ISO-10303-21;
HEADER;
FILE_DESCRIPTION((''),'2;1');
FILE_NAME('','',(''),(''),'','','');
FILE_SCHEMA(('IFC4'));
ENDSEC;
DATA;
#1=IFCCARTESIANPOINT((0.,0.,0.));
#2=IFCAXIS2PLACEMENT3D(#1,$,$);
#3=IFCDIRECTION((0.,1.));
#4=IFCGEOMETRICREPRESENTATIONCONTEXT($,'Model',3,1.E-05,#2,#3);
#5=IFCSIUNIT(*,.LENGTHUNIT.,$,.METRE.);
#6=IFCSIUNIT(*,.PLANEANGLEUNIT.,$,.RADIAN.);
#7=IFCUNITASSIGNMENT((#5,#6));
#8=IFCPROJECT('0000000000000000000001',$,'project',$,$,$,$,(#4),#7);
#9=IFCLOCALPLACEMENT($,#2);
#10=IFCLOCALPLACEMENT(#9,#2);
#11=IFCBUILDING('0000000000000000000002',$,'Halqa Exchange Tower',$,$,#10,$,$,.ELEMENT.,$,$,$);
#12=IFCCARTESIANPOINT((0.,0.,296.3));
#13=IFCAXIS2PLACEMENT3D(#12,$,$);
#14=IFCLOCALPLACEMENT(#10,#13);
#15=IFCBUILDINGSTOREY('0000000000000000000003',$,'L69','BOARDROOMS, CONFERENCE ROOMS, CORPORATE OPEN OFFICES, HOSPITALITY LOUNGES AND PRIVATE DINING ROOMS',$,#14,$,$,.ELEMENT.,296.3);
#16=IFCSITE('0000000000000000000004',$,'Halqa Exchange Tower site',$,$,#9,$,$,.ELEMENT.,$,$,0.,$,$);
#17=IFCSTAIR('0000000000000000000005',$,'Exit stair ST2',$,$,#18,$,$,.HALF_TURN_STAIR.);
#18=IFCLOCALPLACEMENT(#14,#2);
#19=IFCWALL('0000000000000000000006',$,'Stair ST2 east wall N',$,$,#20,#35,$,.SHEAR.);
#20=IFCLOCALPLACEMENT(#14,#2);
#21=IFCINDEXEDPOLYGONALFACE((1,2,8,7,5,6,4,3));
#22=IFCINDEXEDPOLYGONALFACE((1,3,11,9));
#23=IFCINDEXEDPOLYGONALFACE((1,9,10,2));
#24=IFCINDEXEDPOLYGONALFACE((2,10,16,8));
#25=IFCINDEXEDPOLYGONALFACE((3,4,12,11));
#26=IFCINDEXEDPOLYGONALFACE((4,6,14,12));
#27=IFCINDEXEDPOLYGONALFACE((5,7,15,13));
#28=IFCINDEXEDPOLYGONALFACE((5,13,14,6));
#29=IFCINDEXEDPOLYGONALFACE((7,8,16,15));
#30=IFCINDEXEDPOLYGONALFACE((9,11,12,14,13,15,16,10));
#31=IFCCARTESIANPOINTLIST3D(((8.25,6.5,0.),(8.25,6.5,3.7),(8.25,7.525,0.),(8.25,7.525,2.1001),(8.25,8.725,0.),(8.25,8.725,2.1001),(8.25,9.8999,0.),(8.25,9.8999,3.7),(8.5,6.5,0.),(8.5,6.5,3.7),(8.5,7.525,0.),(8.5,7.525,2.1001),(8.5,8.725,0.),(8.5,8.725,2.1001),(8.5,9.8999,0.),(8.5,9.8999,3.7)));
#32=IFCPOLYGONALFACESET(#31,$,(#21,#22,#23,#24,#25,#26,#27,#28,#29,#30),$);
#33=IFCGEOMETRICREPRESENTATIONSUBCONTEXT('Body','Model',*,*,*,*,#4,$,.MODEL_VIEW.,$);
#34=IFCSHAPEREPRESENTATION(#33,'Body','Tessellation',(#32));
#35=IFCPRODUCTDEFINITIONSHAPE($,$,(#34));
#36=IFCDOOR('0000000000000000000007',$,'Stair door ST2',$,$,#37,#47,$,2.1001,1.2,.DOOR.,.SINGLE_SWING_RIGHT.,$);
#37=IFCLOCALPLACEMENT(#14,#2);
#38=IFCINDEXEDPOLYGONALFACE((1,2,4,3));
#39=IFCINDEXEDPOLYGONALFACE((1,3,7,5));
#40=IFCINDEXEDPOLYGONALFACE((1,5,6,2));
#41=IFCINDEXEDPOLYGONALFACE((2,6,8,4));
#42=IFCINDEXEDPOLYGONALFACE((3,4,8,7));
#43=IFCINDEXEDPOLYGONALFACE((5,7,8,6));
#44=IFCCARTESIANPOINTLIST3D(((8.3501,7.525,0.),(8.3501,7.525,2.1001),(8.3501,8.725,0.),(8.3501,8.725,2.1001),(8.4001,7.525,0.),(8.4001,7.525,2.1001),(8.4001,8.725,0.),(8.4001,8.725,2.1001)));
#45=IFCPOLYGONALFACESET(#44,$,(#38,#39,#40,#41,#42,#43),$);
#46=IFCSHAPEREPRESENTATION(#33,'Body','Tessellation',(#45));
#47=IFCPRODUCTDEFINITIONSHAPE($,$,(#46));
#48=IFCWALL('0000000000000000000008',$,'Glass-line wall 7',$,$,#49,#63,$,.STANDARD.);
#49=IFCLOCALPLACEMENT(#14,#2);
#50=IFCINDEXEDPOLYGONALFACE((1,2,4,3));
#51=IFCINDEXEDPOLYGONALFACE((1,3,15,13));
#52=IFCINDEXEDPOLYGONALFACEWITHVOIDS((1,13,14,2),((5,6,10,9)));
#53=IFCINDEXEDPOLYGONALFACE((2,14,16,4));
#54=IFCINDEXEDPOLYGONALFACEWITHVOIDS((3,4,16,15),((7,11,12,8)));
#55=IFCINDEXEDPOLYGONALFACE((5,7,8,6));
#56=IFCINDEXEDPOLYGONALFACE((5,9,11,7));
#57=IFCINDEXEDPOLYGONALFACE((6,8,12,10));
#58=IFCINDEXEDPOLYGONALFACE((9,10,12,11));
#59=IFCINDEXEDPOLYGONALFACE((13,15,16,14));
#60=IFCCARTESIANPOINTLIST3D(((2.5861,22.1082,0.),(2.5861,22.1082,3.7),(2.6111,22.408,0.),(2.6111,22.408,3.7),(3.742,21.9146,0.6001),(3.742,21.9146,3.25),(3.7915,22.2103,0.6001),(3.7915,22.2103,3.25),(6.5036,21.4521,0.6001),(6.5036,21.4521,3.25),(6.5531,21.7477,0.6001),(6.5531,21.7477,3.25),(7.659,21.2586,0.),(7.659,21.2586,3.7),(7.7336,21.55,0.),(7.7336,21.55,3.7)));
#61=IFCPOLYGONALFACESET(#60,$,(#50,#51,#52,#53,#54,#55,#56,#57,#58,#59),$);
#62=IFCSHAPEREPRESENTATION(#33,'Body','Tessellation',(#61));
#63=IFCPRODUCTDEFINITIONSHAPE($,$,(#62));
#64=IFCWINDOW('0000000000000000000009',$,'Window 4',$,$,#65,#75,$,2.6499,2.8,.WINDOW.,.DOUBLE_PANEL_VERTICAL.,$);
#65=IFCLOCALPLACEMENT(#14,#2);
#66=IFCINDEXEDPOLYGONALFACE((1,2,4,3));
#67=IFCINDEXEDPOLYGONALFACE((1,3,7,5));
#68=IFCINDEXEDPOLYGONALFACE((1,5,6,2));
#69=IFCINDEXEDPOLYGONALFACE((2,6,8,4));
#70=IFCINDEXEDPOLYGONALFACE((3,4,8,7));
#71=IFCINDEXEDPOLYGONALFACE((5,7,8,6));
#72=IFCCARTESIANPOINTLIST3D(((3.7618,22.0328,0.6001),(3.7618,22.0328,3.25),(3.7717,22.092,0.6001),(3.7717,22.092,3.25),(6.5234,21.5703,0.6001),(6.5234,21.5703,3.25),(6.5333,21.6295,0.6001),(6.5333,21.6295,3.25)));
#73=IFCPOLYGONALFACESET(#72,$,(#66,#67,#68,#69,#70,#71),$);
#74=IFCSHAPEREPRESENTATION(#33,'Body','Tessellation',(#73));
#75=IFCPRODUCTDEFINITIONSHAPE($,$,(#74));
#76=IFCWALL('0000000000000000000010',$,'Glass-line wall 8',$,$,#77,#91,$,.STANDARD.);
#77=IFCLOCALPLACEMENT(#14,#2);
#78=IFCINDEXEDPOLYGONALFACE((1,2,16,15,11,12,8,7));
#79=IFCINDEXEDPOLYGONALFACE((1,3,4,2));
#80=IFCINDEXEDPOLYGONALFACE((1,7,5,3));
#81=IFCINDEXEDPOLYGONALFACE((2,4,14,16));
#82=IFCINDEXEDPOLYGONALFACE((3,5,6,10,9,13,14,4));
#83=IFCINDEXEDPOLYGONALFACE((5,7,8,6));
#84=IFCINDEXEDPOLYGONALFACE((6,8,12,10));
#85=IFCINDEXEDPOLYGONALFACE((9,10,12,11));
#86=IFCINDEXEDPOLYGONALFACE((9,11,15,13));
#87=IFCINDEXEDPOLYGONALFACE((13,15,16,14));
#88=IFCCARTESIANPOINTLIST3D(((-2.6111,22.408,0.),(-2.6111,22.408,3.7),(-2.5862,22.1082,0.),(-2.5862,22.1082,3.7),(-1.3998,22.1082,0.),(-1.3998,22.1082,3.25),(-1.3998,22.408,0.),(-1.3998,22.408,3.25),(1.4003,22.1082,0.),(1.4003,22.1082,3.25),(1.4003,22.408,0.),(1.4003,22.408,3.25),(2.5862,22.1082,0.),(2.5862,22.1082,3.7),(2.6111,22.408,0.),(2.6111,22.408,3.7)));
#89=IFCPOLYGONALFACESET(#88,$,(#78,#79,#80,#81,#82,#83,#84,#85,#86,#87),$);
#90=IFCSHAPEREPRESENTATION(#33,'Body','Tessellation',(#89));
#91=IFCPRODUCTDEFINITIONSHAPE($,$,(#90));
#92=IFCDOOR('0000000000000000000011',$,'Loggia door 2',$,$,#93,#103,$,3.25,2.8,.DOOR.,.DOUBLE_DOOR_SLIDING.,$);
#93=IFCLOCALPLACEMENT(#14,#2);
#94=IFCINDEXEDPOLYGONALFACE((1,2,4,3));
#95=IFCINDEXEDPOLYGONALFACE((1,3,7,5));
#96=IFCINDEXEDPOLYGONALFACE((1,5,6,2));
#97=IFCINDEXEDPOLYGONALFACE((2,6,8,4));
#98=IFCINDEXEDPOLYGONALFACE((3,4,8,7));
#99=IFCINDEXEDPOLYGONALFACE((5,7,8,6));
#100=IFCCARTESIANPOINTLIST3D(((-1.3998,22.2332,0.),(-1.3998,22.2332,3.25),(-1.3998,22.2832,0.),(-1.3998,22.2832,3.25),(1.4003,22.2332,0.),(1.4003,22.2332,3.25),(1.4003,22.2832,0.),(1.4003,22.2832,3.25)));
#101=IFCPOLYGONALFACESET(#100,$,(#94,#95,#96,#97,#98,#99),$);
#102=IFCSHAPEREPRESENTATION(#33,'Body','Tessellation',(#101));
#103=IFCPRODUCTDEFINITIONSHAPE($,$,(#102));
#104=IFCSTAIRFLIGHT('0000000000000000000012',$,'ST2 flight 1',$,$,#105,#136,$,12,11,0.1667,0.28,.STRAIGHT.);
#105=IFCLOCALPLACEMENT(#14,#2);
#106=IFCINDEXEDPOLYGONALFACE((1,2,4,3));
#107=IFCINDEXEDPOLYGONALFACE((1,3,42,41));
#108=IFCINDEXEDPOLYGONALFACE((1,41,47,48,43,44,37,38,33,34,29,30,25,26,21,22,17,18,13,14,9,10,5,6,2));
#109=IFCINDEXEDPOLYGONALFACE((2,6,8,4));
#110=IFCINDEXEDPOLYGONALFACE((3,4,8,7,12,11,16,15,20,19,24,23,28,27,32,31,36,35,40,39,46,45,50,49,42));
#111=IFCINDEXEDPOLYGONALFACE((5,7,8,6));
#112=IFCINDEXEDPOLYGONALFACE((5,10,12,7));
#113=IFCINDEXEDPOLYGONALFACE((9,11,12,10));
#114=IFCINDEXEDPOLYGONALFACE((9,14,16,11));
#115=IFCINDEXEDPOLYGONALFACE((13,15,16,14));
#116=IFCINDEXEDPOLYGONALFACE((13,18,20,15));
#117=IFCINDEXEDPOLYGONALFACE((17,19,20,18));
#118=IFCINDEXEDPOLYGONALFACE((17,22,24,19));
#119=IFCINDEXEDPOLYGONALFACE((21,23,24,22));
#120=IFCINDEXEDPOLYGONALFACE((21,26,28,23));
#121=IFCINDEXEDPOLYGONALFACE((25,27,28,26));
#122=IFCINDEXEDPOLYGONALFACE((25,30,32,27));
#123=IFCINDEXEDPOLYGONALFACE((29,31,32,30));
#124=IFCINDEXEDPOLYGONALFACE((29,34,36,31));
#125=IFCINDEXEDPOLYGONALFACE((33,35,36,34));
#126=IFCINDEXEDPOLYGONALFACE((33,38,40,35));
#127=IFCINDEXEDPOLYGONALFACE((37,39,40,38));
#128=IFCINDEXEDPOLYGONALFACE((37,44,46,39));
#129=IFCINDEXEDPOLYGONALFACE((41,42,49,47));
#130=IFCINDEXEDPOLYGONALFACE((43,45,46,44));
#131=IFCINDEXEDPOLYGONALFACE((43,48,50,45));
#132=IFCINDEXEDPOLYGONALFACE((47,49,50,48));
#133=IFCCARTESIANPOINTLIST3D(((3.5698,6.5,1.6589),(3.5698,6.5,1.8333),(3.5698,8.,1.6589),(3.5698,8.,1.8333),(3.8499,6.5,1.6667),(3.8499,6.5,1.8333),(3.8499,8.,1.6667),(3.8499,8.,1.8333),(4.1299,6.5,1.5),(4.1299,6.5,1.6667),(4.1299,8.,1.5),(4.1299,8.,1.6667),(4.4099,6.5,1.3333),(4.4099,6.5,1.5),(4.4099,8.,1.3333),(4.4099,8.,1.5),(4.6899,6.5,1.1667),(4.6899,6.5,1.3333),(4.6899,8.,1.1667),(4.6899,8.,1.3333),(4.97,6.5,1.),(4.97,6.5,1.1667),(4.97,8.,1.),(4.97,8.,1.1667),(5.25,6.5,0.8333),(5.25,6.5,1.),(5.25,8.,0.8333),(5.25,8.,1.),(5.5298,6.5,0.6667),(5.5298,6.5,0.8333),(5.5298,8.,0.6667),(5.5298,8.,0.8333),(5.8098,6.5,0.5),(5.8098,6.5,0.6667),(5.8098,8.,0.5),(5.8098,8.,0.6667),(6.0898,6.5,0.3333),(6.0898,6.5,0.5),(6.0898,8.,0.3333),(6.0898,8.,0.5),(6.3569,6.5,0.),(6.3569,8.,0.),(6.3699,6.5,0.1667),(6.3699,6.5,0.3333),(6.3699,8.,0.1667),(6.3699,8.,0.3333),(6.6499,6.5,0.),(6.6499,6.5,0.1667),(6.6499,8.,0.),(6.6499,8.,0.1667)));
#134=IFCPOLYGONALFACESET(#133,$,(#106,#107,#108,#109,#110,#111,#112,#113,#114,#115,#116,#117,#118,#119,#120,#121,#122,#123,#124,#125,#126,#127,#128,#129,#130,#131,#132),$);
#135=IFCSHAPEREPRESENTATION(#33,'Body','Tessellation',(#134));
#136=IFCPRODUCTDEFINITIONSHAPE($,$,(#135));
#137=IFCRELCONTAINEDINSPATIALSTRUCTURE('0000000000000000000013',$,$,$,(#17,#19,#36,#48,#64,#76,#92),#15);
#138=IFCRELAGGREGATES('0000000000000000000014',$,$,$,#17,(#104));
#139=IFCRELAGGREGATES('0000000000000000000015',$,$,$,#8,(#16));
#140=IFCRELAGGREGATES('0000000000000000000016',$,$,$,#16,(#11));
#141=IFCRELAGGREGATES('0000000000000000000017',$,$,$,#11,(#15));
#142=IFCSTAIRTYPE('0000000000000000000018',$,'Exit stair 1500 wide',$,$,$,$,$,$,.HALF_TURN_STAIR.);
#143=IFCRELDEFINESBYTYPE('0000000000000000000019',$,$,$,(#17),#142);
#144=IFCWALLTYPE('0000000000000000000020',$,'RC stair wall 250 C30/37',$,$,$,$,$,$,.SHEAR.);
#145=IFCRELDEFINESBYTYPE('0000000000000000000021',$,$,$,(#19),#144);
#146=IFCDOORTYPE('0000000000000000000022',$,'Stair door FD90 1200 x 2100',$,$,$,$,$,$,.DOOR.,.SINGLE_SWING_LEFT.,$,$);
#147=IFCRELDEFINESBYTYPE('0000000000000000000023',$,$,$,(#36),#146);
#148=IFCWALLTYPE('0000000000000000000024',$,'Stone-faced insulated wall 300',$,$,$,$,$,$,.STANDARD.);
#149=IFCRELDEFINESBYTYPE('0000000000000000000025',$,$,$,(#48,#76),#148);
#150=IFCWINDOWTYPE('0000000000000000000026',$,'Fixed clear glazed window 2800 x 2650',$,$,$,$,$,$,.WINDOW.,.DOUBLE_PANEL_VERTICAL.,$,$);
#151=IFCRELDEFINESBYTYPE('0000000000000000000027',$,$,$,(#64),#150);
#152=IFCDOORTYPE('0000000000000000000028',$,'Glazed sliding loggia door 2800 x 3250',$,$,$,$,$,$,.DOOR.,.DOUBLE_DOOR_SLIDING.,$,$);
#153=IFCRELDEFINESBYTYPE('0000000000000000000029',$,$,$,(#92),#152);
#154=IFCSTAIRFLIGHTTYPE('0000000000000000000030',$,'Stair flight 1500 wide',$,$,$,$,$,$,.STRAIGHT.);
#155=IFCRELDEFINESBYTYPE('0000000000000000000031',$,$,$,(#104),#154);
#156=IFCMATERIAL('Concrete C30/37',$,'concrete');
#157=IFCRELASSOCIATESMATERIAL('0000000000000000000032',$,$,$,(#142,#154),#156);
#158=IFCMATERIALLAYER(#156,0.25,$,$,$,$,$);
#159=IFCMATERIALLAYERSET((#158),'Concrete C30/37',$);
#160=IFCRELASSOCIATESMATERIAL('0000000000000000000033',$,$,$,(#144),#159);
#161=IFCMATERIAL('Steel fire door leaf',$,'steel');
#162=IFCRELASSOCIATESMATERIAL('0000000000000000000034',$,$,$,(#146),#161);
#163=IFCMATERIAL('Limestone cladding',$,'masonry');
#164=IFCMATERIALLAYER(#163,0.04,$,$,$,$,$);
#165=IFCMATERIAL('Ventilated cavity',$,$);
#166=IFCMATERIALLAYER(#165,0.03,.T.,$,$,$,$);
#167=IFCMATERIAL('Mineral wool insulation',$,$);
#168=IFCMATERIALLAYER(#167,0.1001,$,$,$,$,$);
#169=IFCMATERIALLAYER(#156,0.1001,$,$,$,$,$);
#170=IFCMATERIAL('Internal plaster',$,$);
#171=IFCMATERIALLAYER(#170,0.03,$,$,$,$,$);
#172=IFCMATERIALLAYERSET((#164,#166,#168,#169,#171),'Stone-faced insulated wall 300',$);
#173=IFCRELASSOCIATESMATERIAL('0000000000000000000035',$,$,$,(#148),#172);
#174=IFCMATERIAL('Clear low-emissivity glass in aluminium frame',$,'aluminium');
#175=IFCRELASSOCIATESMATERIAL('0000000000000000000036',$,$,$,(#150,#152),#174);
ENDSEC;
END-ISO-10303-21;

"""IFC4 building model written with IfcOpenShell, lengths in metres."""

from ifc_helpers import new_model, si_unit, direction, frame, frame_2d, origin, place, context, subcontext, project, spatial, polyline, rectangle, outline, extrude, material, layer, layer_set, type_object, element, fill, aggregate, save


model = new_model("IFC4")

# Units and contexts
model_context = context("Model", 3, precision=1e-05, world=origin(), true_north=direction((0.0, 1.0)))
body_context = subcontext(model_context, "Body", "Model", "MODEL_VIEW")
ifc_project = project(units=[si_unit("LENGTHUNIT", "METRE"), si_unit("PLANEANGLEUNIT", "RADIAN")], contexts=[model_context])

# Site, building, storey
site_placement = place(None, origin())
site = spatial("IfcSite", under=ifc_project, at=site_placement, Name="Halqa Exchange Tower site", CompositionType="ELEMENT", RefElevation=0.0)
building_placement = place(site_placement, origin())
building = spatial("IfcBuilding", under=site, at=building_placement, Name="Halqa Exchange Tower", CompositionType="ELEMENT")
storey_placement = place(building_placement, frame((0.0, 0.0, 296.3)))
storey = spatial("IfcBuildingStorey", under=building, at=storey_placement, Name="L69", Description="BOARDROOMS, CONFERENCE ROOMS, CORPORATE OPEN OFFICES, HOSPITALITY LOUNGES AND PRIVATE DINING ROOMS", CompositionType="ELEMENT", Elevation=296.3)

# Stair
ifc_material_1 = material(Name="Concrete C30/37", Category="concrete")
stair_type = type_object("IfcStairType", Name="Exit stair 1500 wide", PredefinedType="HALF_TURN_STAIR", material=ifc_material_1)
stair_1_placement = place(storey_placement, origin())
stair_1 = element("IfcStair", 1, at=stair_1_placement, inside=storey, type_object=stair_type, Name="Exit stair ST2", PredefinedType="HALF_TURN_STAIR")

# Shared definitions
ifc_layer_1 = layer(ifc_material_1, 0.25)
ifc_layer_set_1 = layer_set([ifc_layer_1], Name="Concrete C30/37")
wall_type_1 = type_object("IfcWallType", Name="RC stair wall 250 C30/37", PredefinedType="SHEAR", material=ifc_layer_set_1)

# Wall, opening, door
wall_1_placement = place(storey_placement, frame((8.375, 6.5, 0.0), z_axis=(0.0, 0.0, 1.0), x_axis=(0.0, 1.0, 0.0)))
wall_1 = element("IfcWall", 2, at=wall_1_placement, inside=storey, type_object=wall_type_1, Name="Stair ST2 east wall N", PredefinedType="SHEAR", context=body_context, shape_type="SweptSolid", body=[
    extrude(rectangle(XDim=3.3999, YDim=0.25, at=frame_2d((1.7, 0.0))), origin(), (0.0, 0.0, 1.0), 3.7),
])
opening_1_placement = place(wall_1_placement, frame((1.0249, 0.0, 0.0)))
opening_1 = element("IfcOpeningElement", 3, at=opening_1_placement, cuts=wall_1, PredefinedType="OPENING", context=body_context, shape_type="SweptSolid", body=[
    extrude(rectangle(XDim=1.2, YDim=2.1001, at=frame_2d((0.6001, 1.05))), frame((0.0, 0.137, 0.0), z_axis=(0.0, -1.0, 0.0), x_axis=(1.0, 0.0, 0.0)), (0.0, 0.0, 1.0), 0.2739),
])
ifc_material_2 = material(Name="Steel fire door leaf", Category="steel")
door_type_1 = type_object("IfcDoorType", Name="Stair door FD90 1200 x 2100", OperationType="SINGLE_SWING_LEFT", PredefinedType="DOOR", material=ifc_material_2)
door_1_placement = place(opening_1_placement, origin())
door_1 = element("IfcDoor", 4, at=door_1_placement, inside=storey, type_object=door_type_1, Name="Stair door ST2", OperationType="SINGLE_SWING_RIGHT", OverallHeight=2.1001, OverallWidth=1.2, PredefinedType="DOOR", context=body_context, shape_type="SweptSolid", body=[
    extrude(rectangle(XDim=1.2, YDim=2.1001, at=frame_2d((0.6001, 1.05))), frame((0.0, 0.0249, 0.0), z_axis=(0.0, -1.0, 0.0), x_axis=(1.0, 0.0, 0.0)), (0.0, 0.0, 1.0), 0.05),
])
fill(opening_1, door_1)

# Wall, opening, window
ifc_material_3 = material(Name="Limestone cladding", Category="masonry")
ifc_layer_2 = layer(ifc_material_3, 0.04)
ifc_material_4 = material(Name="Ventilated cavity")
ifc_layer_3 = layer(ifc_material_4, 0.03, ventilated=True)
ifc_material_5 = material(Name="Mineral wool insulation")
ifc_layer_4 = layer(ifc_material_5, 0.1001)
ifc_layer_5 = layer(ifc_material_1, 0.1001)
ifc_material_6 = material(Name="Internal plaster")
ifc_layer_6 = layer(ifc_material_6, 0.03)
ifc_layer_set_2 = layer_set([ifc_layer_2, ifc_layer_3, ifc_layer_4, ifc_layer_5, ifc_layer_6], Name="Stone-faced insulated wall 300")
wall_type_2 = type_object("IfcWallType", Name="Stone-faced insulated wall 300", PredefinedType="STANDARD", material=ifc_layer_set_2)
wall_2_placement = place(storey_placement, frame((7.6963, 21.4043, 0.0), z_axis=(0.0, 0.0, 1.0), x_axis=(-0.986263, 0.16518, 0.0)))
wall_2 = element("IfcWall", 5, at=wall_2_placement, inside=storey, type_object=wall_type_2, Name="Glass-line wall 7", PredefinedType="STANDARD", context=body_context, shape_type="SweptSolid", body=[
    extrude(outline(polyline([(-0.0127, -0.1499), (5.1812, -0.1499), (5.1562, 0.1499), (0.0127, 0.1499), (-0.0127, -0.1499)])), origin(), (0.0, 0.0, 1.0), 3.7),
])
opening_2_placement = place(wall_2_placement, frame((1.1843, 0.0, 0.6001)))
opening_2 = element("IfcOpeningElement", 6, at=opening_2_placement, cuts=wall_2, PredefinedType="OPENING", context=body_context, shape_type="SweptSolid", body=[
    extrude(rectangle(XDim=2.8, YDim=2.6499, at=frame_2d((1.3999, 1.325))), frame((0.0, 0.1621, 0.0), z_axis=(0.0, -1.0, 0.0), x_axis=(1.0, 0.0, 0.0)), (0.0, 0.0, 1.0), 0.324),
])
ifc_material_7 = material(Name="Clear low-emissivity glass in aluminium frame", Category="aluminium")
window_type = type_object("IfcWindowType", Name="Fixed clear glazed window 2800 x 2650", PartitioningType="DOUBLE_PANEL_VERTICAL", PredefinedType="WINDOW", material=ifc_material_7)
window_placement = place(opening_2_placement, origin())
window = element("IfcWindow", 7, at=window_placement, inside=storey, type_object=window_type, Name="Window 4", OverallHeight=2.6499, OverallWidth=2.8, PartitioningType="DOUBLE_PANEL_VERTICAL", PredefinedType="WINDOW", context=body_context, shape_type="SweptSolid", body=[
    extrude(rectangle(XDim=2.8, YDim=2.6499, at=frame_2d((1.3999, 1.325))), frame((0.0, 0.03, 0.0), z_axis=(0.0, -1.0, 0.0), x_axis=(1.0, 0.0, 0.0)), (0.0, 0.0, 1.0), 0.0601),
])
fill(opening_2, window)

# Wall, opening, door
wall_3_placement = place(storey_placement, frame((2.5986, 22.2581, 0.0), z_axis=(0.0, 0.0, 1.0), x_axis=(-1.0, 0.0, 0.0)))
wall_3 = element("IfcWall", 8, at=wall_3_placement, inside=storey, type_object=wall_type_2, Name="Glass-line wall 8", PredefinedType="STANDARD", context=body_context, shape_type="SweptSolid", body=[
    extrude(outline(polyline([(-0.0125, -0.1499), (5.2097, -0.1499), (5.1848, 0.1499), (0.0125, 0.1499), (-0.0125, -0.1499)])), origin(), (0.0, 0.0, 1.0), 3.7),
])
opening_3_placement = place(wall_3_placement, frame((1.1985, 0.0, 0.0)))
opening_3 = element("IfcOpeningElement", 9, at=opening_3_placement, cuts=wall_3, PredefinedType="OPENING", context=body_context, shape_type="SweptSolid", body=[
    extrude(rectangle(XDim=2.8, YDim=3.25, at=frame_2d((1.3999, 1.625))), frame((0.0, 0.1621, 0.0), z_axis=(0.0, -1.0, 0.0), x_axis=(1.0, 0.0, 0.0)), (0.0, 0.0, 1.0), 0.324),
])
door_type_2 = type_object("IfcDoorType", Name="Glazed sliding loggia door 2800 x 3250", OperationType="DOUBLE_DOOR_SLIDING", PredefinedType="DOOR", material=ifc_material_7)
door_2_placement = place(opening_3_placement, origin())
door_2 = element("IfcDoor", 10, at=door_2_placement, inside=storey, type_object=door_type_2, Name="Loggia door 2", OperationType="DOUBLE_DOOR_SLIDING", OverallHeight=3.25, OverallWidth=2.8, PredefinedType="DOOR", context=body_context, shape_type="SweptSolid", body=[
    extrude(rectangle(XDim=2.8, YDim=3.25, at=frame_2d((1.3999, 1.625))), frame((0.0, 0.0249, 0.0), z_axis=(0.0, -1.0, 0.0), x_axis=(1.0, 0.0, 0.0)), (0.0, 0.0, 1.0), 0.05),
])
fill(opening_3, door_2)

# Stair flight
stair_flight_type = type_object("IfcStairFlightType", Name="Stair flight 1500 wide", PredefinedType="STRAIGHT", material=ifc_material_1)
stair_flight_1_placement = place(storey_placement, frame((6.6499, 7.25, 0.0), z_axis=(0.0, 0.0, 1.0), x_axis=(-1.0, 0.0, 0.0)))
stair_flight_1 = element("IfcStairFlight", 11, at=stair_flight_1_placement, type_object=stair_flight_type, Name="ST2 flight 1", NumberOfRisers=12, NumberOfTreads=11, PredefinedType="STRAIGHT", RiserHeight=0.1667, TreadLength=0.28, context=body_context, shape_type="SweptSolid", body=[
    extrude(outline(polyline([(0.0, 0.0), (0.0, 0.1667), (0.28, 0.1667), (0.28, 0.3333), (0.5601, 0.3333), (0.5601, 0.5), (0.8401, 0.5), (0.8401, 0.6667), (1.1201, 0.6667), (1.1201, 0.8333), (1.3999, 0.8333), (1.3999, 1.0), (1.6799, 1.0), (1.6799, 1.1667), (1.96, 1.1667), (1.96, 1.3333), (2.24, 1.3333), (2.24, 1.5), (2.52, 1.5), (2.52, 1.6667), (2.8, 1.6667), (2.8, 1.8333), (3.0801, 1.8333), (3.0801, 2.0), (3.0801, 1.6589), (0.293, 0.0), (0.0, 0.0)])), frame((0.0, 0.75, 0.0), z_axis=(0.0, -1.0, 0.0), x_axis=(1.0, 0.0, 0.0)), (0.0, 0.0, 1.0), 1.5),
])
aggregate(stair_1, [stair_flight_1])

save(model, "model.ifc")
